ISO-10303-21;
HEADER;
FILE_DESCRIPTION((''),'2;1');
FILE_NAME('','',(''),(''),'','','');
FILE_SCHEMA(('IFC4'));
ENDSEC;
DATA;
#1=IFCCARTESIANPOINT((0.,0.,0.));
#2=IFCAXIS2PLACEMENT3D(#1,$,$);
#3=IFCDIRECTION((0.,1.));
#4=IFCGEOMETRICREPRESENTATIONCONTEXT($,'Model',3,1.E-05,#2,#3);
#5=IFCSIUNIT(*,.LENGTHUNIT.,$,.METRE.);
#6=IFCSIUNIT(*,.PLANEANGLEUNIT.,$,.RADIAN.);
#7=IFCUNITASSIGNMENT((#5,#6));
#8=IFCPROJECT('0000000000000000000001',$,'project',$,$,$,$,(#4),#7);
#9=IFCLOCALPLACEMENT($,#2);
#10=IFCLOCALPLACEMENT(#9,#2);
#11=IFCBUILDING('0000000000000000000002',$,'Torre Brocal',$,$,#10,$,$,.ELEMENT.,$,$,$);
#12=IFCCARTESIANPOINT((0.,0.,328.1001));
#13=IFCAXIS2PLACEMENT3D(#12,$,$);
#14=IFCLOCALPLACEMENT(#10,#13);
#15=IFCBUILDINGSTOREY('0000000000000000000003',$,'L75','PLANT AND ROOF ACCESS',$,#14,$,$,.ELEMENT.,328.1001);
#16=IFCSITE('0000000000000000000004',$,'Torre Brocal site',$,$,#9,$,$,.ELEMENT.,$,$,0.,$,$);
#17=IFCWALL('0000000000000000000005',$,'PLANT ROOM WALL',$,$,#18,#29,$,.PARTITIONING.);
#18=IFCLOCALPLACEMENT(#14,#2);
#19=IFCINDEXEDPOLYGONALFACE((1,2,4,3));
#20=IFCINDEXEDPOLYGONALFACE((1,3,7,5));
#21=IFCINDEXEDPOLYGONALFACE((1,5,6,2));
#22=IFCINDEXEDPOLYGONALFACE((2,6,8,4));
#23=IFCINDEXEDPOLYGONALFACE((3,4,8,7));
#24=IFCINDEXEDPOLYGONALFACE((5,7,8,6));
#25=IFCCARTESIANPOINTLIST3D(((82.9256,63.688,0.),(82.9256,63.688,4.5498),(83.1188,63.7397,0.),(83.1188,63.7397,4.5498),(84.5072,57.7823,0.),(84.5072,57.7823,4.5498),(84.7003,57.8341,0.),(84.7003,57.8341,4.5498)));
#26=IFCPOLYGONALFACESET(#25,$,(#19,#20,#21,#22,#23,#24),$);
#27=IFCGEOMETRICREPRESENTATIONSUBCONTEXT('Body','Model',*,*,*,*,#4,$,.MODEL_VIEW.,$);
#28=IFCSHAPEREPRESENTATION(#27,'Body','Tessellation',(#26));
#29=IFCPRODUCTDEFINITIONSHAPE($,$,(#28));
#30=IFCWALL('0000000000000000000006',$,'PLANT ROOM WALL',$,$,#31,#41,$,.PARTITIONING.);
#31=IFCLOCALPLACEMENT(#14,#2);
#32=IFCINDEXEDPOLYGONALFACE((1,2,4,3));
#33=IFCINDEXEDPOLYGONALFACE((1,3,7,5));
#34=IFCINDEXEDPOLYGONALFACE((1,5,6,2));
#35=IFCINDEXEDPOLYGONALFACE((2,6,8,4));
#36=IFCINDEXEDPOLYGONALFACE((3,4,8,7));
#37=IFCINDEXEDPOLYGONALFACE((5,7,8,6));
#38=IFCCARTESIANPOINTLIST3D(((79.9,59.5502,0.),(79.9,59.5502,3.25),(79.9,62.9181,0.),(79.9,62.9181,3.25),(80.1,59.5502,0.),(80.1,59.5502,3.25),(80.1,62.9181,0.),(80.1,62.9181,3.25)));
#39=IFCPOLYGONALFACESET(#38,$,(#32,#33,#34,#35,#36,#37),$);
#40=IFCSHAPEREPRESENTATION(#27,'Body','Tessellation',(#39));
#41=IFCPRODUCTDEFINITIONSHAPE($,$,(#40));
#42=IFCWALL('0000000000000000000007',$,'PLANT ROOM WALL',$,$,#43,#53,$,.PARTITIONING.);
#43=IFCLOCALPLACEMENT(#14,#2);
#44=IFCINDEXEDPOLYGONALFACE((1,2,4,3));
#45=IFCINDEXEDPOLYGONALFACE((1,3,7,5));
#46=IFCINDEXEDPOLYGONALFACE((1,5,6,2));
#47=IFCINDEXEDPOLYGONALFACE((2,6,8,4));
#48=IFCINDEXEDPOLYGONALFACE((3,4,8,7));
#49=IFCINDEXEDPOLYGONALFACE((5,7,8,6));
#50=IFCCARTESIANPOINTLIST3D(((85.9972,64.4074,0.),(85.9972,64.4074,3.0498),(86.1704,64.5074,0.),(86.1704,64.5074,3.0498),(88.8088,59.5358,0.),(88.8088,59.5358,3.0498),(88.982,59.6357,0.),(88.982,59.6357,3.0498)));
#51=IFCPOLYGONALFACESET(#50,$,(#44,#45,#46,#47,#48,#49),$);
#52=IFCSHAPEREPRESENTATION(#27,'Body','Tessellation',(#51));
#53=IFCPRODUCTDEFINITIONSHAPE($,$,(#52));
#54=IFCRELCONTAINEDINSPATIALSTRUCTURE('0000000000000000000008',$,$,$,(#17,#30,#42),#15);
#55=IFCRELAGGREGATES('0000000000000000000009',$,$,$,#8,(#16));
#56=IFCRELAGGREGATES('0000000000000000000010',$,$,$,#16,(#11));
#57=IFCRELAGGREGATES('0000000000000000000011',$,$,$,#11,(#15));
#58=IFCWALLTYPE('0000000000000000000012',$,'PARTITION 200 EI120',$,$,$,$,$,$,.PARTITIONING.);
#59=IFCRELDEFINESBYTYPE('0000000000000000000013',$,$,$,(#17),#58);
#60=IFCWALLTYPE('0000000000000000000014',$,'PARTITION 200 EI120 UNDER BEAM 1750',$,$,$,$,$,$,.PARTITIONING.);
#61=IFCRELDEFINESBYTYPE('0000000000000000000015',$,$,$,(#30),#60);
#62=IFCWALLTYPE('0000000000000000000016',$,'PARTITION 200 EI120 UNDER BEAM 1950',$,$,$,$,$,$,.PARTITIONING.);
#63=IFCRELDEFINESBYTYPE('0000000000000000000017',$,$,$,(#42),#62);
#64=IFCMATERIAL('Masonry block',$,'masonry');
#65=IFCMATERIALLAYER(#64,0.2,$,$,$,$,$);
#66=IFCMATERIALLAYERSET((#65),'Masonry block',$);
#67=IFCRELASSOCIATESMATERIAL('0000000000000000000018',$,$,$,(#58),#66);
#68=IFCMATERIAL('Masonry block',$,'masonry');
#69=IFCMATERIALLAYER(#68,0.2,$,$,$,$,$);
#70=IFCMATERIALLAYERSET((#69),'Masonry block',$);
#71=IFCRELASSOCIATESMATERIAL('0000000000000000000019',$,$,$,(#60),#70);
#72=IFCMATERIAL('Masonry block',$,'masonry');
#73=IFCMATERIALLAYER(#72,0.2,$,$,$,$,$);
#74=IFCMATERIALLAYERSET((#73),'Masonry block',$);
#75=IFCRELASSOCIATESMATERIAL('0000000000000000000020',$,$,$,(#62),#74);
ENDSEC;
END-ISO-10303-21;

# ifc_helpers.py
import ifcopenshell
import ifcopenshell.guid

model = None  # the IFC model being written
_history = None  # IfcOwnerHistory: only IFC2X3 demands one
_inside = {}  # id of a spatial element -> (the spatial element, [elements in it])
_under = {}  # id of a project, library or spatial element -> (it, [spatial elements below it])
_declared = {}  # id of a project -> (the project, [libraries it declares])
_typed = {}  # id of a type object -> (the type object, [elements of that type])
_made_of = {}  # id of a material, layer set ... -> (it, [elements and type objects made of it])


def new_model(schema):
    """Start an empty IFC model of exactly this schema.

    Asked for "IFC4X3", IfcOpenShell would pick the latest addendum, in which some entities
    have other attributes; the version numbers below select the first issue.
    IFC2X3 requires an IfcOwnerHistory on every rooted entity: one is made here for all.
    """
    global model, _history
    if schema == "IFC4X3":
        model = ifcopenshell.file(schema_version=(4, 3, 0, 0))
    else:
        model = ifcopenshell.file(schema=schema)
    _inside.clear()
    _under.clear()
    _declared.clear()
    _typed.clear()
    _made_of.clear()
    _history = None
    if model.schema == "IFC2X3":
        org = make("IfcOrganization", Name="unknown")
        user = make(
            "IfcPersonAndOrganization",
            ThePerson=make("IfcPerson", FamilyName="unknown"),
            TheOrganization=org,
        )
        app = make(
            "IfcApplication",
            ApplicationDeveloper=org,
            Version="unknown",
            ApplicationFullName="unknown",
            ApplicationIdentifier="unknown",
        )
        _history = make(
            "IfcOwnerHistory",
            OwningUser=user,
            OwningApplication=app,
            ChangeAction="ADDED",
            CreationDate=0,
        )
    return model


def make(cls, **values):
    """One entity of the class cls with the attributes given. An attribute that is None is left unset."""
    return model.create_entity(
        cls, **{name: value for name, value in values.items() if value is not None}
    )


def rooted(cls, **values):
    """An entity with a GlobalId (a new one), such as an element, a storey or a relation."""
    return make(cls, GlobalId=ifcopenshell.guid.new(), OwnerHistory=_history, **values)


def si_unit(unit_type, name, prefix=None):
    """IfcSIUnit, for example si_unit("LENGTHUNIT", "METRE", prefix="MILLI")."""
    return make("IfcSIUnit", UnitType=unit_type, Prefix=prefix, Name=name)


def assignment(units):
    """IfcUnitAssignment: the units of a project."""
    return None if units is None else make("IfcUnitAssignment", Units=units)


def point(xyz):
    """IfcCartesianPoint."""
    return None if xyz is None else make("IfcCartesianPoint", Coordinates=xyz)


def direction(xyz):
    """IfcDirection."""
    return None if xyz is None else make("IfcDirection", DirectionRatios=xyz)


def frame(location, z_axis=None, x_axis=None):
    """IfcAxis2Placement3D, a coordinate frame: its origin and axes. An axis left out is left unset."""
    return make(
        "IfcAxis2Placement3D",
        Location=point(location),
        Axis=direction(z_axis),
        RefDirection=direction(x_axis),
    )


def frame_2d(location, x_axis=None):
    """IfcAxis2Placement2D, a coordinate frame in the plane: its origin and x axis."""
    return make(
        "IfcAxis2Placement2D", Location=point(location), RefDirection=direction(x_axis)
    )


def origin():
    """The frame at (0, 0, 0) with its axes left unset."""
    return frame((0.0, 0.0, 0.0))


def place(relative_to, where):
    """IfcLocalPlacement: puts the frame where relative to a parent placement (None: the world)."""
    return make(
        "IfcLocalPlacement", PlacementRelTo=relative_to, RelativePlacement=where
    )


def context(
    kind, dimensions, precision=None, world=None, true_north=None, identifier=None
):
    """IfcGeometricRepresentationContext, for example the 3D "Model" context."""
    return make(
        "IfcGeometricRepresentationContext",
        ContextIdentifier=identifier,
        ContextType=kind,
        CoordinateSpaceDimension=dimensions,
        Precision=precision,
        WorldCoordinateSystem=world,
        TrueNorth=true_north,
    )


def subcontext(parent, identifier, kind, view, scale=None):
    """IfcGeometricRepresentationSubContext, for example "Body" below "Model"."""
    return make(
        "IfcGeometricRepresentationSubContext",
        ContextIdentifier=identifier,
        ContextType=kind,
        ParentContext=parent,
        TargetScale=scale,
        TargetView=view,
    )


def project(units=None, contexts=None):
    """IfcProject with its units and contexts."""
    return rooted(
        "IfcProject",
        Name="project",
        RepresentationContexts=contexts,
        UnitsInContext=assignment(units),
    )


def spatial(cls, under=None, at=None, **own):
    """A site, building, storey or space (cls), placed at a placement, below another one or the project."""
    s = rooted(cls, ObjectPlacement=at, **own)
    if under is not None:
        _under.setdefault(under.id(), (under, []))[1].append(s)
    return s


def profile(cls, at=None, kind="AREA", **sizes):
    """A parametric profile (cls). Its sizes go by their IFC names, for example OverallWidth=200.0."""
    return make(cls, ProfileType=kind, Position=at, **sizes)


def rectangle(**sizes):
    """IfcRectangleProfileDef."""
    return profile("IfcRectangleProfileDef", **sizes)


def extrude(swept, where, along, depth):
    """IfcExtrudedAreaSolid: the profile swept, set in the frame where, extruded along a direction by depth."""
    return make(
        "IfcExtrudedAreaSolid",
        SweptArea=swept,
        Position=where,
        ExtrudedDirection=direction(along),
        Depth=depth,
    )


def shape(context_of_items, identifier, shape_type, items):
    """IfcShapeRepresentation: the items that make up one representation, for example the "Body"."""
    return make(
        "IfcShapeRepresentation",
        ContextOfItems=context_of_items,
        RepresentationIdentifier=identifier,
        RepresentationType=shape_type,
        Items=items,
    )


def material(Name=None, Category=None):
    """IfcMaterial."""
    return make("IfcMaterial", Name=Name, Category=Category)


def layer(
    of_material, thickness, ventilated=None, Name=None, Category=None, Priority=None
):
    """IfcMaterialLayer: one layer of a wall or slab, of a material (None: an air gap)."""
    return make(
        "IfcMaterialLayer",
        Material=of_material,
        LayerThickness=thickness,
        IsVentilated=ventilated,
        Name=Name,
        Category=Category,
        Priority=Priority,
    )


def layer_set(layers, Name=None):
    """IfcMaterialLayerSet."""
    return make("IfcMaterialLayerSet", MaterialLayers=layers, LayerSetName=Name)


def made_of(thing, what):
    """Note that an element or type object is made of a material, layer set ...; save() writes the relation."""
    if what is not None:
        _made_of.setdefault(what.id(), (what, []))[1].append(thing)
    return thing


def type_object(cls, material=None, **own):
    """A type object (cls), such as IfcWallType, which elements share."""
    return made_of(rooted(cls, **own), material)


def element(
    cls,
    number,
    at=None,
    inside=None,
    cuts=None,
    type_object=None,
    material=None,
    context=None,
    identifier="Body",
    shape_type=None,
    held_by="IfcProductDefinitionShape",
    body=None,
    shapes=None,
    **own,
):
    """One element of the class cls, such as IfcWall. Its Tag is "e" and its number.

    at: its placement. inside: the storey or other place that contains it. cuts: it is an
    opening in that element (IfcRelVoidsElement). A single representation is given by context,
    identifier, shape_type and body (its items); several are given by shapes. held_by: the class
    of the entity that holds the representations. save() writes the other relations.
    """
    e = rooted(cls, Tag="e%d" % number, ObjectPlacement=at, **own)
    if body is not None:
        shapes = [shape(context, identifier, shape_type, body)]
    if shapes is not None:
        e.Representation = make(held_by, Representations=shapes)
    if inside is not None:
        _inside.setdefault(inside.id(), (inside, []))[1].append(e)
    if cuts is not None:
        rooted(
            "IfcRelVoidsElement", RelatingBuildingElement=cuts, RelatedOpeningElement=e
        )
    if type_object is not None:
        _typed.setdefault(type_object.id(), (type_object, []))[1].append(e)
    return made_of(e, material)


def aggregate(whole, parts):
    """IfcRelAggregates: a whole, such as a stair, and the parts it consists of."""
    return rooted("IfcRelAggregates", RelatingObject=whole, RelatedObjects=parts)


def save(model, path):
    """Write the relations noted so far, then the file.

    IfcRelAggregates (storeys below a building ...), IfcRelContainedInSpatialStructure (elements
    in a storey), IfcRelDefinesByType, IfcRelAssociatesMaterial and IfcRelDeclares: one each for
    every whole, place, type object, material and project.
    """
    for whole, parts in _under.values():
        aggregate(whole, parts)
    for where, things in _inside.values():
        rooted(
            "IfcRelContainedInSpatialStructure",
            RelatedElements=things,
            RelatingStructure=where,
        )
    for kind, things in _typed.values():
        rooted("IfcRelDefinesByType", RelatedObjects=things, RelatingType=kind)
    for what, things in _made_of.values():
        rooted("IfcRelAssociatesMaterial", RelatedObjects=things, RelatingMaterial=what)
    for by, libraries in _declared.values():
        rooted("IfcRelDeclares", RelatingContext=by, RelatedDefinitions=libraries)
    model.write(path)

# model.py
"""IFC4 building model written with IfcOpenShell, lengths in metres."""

from ifc_helpers import new_model, si_unit, direction, frame, frame_2d, origin, place, context, subcontext, project, spatial, rectangle, extrude, material, layer, layer_set, type_object, element, save


model = new_model("IFC4")

# Units and contexts
model_context = context("Model", 3, precision=1e-05, world=origin(), true_north=direction((0.0, 1.0)))
body_context = subcontext(model_context, "Body", "Model", "MODEL_VIEW")
ifc_project = project(units=[si_unit("LENGTHUNIT", "METRE"), si_unit("PLANEANGLEUNIT", "RADIAN")], contexts=[model_context])

# Site, building, storey
site_placement = place(None, origin())
site = spatial("IfcSite", under=ifc_project, at=site_placement, Name="Torre Brocal site", CompositionType="ELEMENT", RefElevation=0.0)
building_placement = place(site_placement, origin())
building = spatial("IfcBuilding", under=site, at=building_placement, Name="Torre Brocal", CompositionType="ELEMENT")
storey_placement = place(building_placement, frame((0.0, 0.0, 328.1001)))
storey = spatial("IfcBuildingStorey", under=building, at=storey_placement, Name="L75", Description="PLANT AND ROOF ACCESS", CompositionType="ELEMENT", Elevation=328.1001)

# Shared definitions
ifc_material_1 = material(Name="Masonry block", Category="masonry")
ifc_layer_1 = layer(ifc_material_1, 0.2)
ifc_layer_set_1 = layer_set([ifc_layer_1], Name="Masonry block")
wall_type_1 = type_object("IfcWallType", Name="PARTITION 200 EI120", PredefinedType="PARTITIONING", material=ifc_layer_set_1)

# Walls
wall_1_placement = place(storey_placement, frame((83.0222, 63.7139, 0.0), z_axis=(0.0, 0.0, 1.0), x_axis=(0.258682, -0.965963, 0.0)))
element("IfcWall", 1, at=wall_1_placement, inside=storey, type_object=wall_type_1, Name="PLANT ROOM WALL", PredefinedType="PARTITIONING", context=body_context, shape_type="SweptSolid", body=[
    extrude(rectangle(XDim=6.1138, YDim=0.2, at=frame_2d((3.0569, 0.0))), origin(), (0.0, 0.0, 1.0), 4.5498),
])
ifc_material_2 = material(Name="Masonry block", Category="masonry")
ifc_layer_2 = layer(ifc_material_2, 0.2)
ifc_layer_set_2 = layer_set([ifc_layer_2], Name="Masonry block")
wall_type_2 = type_object("IfcWallType", Name="PARTITION 200 EI120 UNDER BEAM 1750", PredefinedType="PARTITIONING", material=ifc_layer_set_2)
wall_2_placement = place(storey_placement, frame((80.0, 59.55, 0.0), z_axis=(0.0, 0.0, 1.0), x_axis=(0.0, 1.0, 0.0)))
element("IfcWall", 2, at=wall_2_placement, inside=storey, type_object=wall_type_2, Name="PLANT ROOM WALL", PredefinedType="PARTITIONING", context=body_context, shape_type="SweptSolid", body=[
    extrude(rectangle(XDim=3.3679, YDim=0.2, at=frame_2d((1.6841, 0.0))), origin(), (0.0, 0.0, 1.0), 3.25),
])
ifc_material_3 = material(Name="Masonry block", Category="masonry")
ifc_layer_3 = layer(ifc_material_3, 0.2)
ifc_layer_set_3 = layer_set([ifc_layer_3], Name="Masonry block")
wall_type_3 = type_object("IfcWallType", Name="PARTITION 200 EI120 UNDER BEAM 1950", PredefinedType="PARTITIONING", material=ifc_layer_set_3)
wall_3_placement = place(storey_placement, frame((86.0837, 64.4575, 0.0), z_axis=(0.0, 0.0, 1.0), x_axis=(0.499855, -0.866109, 0.0)))
element("IfcWall", 3, at=wall_3_placement, inside=storey, type_object=wall_type_3, Name="PLANT ROOM WALL", PredefinedType="PARTITIONING", context=body_context, shape_type="SweptSolid", body=[
    extrude(rectangle(XDim=5.6248, YDim=0.2, at=frame_2d((2.8125, 0.0))), origin(), (0.0, 0.0, 1.0), 3.0498),
])

save(model, "model.ifc")
